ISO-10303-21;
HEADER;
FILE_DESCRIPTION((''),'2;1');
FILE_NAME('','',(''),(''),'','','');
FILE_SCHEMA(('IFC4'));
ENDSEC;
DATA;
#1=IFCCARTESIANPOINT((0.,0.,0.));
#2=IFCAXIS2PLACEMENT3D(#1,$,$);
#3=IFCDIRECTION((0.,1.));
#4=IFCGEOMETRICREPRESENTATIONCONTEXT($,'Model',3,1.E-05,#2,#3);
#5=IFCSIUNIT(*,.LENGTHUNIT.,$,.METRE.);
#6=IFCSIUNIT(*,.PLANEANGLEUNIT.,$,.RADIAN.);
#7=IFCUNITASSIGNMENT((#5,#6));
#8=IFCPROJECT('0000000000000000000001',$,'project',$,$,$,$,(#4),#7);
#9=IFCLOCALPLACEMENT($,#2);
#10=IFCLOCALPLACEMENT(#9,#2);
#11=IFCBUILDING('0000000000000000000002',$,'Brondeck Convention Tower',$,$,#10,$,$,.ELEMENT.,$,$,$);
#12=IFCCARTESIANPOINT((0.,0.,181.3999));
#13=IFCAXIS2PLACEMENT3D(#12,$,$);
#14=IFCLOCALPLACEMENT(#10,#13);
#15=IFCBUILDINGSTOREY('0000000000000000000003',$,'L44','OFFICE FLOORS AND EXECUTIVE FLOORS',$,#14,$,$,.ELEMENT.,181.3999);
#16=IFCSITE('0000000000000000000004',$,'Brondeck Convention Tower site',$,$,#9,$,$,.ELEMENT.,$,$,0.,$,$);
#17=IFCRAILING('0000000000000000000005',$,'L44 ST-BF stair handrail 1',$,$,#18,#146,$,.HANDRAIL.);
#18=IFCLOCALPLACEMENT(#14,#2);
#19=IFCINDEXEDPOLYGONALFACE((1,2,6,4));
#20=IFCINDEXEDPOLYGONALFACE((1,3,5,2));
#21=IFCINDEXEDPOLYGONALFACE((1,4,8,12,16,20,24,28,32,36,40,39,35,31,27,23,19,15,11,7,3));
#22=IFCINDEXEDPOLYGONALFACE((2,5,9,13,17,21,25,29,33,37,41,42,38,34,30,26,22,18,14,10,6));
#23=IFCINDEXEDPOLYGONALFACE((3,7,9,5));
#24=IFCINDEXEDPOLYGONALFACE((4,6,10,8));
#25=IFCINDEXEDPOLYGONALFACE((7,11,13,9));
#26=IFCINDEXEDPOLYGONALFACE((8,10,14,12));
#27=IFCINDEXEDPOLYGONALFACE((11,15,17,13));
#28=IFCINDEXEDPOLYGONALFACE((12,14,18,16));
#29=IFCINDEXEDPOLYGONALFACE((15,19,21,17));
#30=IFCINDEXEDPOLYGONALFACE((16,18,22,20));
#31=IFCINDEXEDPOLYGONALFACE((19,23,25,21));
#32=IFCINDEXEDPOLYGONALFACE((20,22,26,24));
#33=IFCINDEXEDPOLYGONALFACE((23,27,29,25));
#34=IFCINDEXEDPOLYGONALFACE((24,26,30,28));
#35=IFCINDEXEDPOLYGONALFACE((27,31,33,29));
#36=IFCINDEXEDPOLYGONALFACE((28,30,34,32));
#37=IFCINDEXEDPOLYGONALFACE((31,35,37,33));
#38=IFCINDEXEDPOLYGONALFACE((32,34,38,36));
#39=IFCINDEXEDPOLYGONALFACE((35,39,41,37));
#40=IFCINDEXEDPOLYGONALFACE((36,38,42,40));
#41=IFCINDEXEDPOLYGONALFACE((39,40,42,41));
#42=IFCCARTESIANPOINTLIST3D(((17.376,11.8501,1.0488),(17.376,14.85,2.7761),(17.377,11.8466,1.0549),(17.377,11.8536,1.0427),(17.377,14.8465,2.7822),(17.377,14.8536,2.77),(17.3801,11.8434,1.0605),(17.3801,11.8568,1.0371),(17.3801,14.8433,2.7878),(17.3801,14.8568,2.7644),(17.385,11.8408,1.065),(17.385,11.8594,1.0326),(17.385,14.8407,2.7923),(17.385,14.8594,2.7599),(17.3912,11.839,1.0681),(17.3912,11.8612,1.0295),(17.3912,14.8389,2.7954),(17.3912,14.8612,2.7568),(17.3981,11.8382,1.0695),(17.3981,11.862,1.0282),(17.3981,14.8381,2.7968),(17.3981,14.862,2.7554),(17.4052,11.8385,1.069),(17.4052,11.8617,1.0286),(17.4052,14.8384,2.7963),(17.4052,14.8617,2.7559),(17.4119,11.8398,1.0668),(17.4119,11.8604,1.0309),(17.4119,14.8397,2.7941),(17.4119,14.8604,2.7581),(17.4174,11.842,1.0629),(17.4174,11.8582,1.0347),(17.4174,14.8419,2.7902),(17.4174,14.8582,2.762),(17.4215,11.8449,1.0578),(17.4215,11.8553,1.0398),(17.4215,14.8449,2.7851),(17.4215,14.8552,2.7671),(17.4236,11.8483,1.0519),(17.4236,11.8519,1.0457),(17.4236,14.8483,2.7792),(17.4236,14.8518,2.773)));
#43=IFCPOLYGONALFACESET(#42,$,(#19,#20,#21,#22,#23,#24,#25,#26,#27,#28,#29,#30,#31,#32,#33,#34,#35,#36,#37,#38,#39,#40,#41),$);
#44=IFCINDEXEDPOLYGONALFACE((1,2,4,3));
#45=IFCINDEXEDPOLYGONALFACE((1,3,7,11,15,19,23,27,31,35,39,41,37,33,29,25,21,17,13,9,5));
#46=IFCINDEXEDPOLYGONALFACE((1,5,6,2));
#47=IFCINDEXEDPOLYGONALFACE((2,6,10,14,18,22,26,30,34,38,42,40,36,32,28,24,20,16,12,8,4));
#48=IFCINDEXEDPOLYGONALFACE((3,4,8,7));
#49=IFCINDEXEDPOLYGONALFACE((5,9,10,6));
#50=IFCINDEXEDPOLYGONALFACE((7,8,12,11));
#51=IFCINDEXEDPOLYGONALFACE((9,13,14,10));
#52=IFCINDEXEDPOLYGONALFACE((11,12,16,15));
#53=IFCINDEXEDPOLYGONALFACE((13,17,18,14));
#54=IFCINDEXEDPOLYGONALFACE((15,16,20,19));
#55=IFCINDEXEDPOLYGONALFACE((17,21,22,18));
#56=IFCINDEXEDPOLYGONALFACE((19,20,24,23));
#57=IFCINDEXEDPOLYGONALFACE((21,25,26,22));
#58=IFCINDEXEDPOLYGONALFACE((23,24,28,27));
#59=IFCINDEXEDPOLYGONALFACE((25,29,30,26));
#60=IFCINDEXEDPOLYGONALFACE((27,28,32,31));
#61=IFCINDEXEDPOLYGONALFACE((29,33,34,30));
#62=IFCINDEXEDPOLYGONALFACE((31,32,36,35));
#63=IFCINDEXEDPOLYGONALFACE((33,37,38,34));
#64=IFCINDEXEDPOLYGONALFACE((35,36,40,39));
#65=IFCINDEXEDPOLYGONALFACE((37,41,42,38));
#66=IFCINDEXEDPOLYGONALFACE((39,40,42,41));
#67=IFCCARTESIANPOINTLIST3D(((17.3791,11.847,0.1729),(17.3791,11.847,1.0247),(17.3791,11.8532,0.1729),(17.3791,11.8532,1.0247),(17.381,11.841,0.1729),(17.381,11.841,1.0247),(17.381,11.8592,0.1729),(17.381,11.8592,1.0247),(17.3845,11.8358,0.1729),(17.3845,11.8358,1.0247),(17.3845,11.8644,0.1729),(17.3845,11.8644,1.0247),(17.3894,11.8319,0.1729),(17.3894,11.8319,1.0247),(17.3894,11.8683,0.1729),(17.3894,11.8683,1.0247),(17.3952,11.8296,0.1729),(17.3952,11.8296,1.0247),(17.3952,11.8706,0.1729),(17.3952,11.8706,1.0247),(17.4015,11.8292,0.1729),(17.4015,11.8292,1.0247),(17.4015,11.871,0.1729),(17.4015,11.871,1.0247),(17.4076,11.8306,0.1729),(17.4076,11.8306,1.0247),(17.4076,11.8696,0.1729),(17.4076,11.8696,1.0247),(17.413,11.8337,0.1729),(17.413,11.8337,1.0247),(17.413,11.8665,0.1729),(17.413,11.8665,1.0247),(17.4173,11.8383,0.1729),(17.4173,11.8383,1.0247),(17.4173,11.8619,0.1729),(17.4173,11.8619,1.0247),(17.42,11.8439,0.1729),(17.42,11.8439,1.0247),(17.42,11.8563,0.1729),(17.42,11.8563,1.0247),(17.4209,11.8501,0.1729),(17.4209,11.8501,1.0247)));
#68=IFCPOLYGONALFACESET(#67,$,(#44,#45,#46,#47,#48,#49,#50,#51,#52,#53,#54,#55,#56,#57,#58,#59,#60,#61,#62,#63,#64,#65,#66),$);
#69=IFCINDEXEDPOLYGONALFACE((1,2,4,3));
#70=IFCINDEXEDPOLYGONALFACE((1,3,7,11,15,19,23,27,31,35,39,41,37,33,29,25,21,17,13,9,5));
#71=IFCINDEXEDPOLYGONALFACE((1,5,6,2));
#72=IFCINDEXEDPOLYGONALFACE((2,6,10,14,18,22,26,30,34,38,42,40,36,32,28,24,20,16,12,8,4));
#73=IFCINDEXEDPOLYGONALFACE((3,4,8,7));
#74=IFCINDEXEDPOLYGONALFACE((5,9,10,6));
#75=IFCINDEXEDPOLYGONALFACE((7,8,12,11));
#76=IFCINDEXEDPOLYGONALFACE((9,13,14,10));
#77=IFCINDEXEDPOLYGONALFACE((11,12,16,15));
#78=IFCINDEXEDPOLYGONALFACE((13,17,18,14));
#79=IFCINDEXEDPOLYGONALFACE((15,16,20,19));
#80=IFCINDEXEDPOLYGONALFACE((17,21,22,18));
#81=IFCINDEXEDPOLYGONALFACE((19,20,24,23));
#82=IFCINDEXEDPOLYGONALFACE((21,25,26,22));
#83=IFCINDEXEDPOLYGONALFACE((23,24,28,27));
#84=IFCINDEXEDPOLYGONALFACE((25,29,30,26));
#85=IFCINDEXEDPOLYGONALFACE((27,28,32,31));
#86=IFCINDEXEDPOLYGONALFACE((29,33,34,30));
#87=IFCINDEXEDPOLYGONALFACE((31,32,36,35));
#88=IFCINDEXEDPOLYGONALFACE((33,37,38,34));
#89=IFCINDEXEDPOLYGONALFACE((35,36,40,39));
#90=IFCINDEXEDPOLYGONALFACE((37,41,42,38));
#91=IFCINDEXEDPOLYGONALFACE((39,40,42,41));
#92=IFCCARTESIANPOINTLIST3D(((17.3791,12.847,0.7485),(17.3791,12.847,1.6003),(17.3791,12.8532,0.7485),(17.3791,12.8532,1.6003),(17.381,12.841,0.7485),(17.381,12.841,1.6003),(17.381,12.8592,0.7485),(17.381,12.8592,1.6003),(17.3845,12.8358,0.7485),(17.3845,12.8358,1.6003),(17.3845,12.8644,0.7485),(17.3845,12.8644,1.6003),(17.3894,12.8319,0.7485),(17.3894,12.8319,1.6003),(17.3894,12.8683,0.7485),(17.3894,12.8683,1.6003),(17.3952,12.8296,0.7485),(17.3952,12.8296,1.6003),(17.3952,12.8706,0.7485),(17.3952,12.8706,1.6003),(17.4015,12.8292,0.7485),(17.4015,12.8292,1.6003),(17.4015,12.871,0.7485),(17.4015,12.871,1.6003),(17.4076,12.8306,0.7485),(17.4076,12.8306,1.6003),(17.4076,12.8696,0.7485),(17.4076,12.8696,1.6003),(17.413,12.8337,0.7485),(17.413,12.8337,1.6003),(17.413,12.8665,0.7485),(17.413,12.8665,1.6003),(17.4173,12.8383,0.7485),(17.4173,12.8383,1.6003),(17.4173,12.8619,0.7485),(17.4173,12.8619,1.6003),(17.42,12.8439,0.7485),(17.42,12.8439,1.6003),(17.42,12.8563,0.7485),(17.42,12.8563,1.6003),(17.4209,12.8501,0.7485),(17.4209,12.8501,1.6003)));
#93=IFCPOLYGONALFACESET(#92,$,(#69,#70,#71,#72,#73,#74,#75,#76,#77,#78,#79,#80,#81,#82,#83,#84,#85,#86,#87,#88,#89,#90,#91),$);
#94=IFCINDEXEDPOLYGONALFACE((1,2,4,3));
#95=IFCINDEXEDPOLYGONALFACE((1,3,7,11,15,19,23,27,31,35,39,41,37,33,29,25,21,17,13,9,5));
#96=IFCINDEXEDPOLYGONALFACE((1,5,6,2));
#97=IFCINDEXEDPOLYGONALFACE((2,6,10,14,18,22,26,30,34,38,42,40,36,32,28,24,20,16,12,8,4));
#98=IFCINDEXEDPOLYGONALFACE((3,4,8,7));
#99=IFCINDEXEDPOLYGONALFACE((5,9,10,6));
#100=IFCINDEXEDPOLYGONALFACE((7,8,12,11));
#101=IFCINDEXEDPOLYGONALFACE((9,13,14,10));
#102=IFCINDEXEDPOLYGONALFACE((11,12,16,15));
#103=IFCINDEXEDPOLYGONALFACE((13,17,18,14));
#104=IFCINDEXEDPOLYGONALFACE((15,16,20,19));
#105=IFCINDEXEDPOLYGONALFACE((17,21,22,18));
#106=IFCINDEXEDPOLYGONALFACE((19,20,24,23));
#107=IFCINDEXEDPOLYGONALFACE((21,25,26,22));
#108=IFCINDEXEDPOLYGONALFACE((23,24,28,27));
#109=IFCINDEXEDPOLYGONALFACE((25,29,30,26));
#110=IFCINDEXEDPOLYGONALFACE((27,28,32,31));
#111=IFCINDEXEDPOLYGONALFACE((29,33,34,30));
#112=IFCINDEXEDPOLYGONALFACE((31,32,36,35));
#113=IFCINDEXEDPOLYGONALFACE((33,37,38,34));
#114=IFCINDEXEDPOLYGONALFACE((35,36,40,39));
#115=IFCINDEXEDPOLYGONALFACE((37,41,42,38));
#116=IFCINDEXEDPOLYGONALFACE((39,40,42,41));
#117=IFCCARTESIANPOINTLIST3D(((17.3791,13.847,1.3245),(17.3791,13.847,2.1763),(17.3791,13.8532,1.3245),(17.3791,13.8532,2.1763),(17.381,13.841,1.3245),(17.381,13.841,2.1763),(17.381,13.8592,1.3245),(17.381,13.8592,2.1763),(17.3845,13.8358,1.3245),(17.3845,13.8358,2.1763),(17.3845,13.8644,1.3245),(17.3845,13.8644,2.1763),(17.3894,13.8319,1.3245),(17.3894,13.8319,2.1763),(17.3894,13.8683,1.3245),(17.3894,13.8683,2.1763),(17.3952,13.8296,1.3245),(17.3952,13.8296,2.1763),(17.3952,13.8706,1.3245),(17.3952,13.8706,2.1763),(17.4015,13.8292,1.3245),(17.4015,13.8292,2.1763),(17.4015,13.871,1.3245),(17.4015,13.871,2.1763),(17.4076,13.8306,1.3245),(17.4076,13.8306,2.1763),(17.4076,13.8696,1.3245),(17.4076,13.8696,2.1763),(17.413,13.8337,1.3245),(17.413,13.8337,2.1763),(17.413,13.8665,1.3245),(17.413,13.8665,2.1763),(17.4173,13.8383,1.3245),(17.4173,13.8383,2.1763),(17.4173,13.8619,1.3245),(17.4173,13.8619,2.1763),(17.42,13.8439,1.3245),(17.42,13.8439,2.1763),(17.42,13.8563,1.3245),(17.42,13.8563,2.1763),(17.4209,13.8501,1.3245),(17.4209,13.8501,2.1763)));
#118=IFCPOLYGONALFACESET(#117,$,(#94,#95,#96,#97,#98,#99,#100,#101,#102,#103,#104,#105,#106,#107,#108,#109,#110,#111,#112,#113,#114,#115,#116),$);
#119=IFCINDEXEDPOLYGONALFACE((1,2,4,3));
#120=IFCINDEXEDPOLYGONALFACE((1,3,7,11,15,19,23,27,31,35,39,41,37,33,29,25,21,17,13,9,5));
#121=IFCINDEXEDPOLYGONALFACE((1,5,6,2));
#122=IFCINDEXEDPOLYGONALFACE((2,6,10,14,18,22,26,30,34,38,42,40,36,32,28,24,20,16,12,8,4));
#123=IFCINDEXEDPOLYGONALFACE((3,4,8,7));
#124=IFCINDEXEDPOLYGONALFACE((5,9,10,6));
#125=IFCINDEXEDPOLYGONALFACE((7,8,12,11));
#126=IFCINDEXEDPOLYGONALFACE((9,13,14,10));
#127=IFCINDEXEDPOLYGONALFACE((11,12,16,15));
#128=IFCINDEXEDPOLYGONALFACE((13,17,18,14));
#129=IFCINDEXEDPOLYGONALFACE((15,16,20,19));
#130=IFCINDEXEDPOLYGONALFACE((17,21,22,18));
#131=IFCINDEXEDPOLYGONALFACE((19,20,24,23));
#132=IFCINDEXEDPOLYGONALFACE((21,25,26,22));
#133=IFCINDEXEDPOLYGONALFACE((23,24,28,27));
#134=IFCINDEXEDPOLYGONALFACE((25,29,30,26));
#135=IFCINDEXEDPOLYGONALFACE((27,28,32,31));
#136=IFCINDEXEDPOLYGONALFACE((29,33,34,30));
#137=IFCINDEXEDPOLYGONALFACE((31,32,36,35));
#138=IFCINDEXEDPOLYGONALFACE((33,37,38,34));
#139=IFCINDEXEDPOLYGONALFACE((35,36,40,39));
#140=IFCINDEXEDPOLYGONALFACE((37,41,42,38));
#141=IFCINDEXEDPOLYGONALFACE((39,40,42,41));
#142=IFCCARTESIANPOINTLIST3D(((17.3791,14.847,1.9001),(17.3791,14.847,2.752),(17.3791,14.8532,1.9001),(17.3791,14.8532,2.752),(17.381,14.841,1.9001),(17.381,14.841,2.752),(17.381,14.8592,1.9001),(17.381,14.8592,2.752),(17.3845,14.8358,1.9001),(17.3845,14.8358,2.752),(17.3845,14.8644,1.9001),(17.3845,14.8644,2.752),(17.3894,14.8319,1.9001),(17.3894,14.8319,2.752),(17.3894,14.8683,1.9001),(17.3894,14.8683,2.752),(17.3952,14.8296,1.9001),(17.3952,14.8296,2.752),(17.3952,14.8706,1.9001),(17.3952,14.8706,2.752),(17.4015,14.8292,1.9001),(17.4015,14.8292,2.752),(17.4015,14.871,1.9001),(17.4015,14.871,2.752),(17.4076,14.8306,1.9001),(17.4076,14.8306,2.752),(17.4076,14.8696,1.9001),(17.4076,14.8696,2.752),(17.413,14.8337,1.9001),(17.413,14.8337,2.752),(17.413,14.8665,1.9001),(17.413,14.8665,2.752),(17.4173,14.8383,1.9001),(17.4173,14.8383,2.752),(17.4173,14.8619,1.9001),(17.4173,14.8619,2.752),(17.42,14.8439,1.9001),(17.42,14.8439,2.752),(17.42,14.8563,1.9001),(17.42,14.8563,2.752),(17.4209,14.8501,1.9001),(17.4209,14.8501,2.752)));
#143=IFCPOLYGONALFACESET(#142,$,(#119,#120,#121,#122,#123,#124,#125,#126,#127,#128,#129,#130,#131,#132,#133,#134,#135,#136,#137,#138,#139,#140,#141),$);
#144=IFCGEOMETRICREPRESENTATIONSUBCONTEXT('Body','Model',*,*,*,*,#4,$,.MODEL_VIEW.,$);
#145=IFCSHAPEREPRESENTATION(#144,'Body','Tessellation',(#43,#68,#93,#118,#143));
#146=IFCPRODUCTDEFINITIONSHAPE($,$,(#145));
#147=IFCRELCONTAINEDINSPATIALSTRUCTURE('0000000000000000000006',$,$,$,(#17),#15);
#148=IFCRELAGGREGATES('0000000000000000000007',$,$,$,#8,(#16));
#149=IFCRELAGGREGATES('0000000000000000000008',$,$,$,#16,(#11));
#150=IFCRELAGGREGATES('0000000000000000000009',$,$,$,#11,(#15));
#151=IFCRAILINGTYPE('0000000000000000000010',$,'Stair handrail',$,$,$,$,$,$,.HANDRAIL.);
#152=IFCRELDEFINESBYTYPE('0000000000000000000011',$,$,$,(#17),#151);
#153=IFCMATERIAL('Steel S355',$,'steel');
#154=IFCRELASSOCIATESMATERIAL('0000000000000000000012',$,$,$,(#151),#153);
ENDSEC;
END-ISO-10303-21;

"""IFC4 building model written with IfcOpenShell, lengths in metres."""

from ifc_helpers import new_model, si_unit, direction, frame, origin, origin_2d, place, context, subcontext, project, spatial, circle, extrude, material, type_object, element, save


model = new_model("IFC4")

# Units and contexts
model_context = context("Model", 3, precision=1e-05, world=origin(), true_north=direction((0.0, 1.0)))
body_context = subcontext(model_context, "Body", "Model", "MODEL_VIEW")
ifc_project = project(units=[si_unit("LENGTHUNIT", "METRE"), si_unit("PLANEANGLEUNIT", "RADIAN")], contexts=[model_context])

# Site, building, storey
site_placement = place(None, origin())
site = spatial("IfcSite", under=ifc_project, at=site_placement, Name="Brondeck Convention Tower site", CompositionType="ELEMENT", RefElevation=0.0)
building_placement = place(site_placement, origin())
building = spatial("IfcBuilding", under=site, at=building_placement, Name="Brondeck Convention Tower", CompositionType="ELEMENT")
storey_placement = place(building_placement, frame((0.0, 0.0, 181.3999)))
storey = spatial("IfcBuildingStorey", under=building, at=storey_placement, Name="L44", Description="OFFICE FLOORS AND EXECUTIVE FLOORS", CompositionType="ELEMENT", Elevation=181.3999)

# Shared definitions
ifc_material_1 = material(Name="Steel S355", Category="steel")

# Railing
railing_type_1 = type_object("IfcRailingType", Name="Stair handrail", PredefinedType="HANDRAIL", material=ifc_material_1)
railing_1_placement = place(storey_placement, frame((17.3999, 11.8501, 0.1729)))
element("IfcRailing", 1, at=railing_1_placement, inside=storey, type_object=railing_type_1, Name="L44 ST-BF stair handrail 1", PredefinedType="HANDRAIL", context=body_context, shape_type="SweptSolid", body=[
    extrude(circle(Radius=0.0239, at=origin_2d()), frame((0.0, 0.0, 0.876), z_axis=(0.0, 0.86662, 0.498969), x_axis=(-1.0, 0.0, 0.0)), (0.0, 0.0, 1.0), 3.4617),
    extrude(circle(Radius=0.021, at=origin_2d()), origin(), (0.0, 0.0, 1.0), 0.8518),
    extrude(circle(Radius=0.021, at=origin_2d()), frame((0.0, 1.0, 0.5757)), (0.0, 0.0, 1.0), 0.8518),
    extrude(circle(Radius=0.021, at=origin_2d()), frame((0.0, 2.0, 1.1516)), (0.0, 0.0, 1.0), 0.8518),
    extrude(circle(Radius=0.021, at=origin_2d()), frame((0.0, 3.0, 1.7273)), (0.0, 0.0, 1.0), 0.8518),
])

save(model, "model.ifc")
